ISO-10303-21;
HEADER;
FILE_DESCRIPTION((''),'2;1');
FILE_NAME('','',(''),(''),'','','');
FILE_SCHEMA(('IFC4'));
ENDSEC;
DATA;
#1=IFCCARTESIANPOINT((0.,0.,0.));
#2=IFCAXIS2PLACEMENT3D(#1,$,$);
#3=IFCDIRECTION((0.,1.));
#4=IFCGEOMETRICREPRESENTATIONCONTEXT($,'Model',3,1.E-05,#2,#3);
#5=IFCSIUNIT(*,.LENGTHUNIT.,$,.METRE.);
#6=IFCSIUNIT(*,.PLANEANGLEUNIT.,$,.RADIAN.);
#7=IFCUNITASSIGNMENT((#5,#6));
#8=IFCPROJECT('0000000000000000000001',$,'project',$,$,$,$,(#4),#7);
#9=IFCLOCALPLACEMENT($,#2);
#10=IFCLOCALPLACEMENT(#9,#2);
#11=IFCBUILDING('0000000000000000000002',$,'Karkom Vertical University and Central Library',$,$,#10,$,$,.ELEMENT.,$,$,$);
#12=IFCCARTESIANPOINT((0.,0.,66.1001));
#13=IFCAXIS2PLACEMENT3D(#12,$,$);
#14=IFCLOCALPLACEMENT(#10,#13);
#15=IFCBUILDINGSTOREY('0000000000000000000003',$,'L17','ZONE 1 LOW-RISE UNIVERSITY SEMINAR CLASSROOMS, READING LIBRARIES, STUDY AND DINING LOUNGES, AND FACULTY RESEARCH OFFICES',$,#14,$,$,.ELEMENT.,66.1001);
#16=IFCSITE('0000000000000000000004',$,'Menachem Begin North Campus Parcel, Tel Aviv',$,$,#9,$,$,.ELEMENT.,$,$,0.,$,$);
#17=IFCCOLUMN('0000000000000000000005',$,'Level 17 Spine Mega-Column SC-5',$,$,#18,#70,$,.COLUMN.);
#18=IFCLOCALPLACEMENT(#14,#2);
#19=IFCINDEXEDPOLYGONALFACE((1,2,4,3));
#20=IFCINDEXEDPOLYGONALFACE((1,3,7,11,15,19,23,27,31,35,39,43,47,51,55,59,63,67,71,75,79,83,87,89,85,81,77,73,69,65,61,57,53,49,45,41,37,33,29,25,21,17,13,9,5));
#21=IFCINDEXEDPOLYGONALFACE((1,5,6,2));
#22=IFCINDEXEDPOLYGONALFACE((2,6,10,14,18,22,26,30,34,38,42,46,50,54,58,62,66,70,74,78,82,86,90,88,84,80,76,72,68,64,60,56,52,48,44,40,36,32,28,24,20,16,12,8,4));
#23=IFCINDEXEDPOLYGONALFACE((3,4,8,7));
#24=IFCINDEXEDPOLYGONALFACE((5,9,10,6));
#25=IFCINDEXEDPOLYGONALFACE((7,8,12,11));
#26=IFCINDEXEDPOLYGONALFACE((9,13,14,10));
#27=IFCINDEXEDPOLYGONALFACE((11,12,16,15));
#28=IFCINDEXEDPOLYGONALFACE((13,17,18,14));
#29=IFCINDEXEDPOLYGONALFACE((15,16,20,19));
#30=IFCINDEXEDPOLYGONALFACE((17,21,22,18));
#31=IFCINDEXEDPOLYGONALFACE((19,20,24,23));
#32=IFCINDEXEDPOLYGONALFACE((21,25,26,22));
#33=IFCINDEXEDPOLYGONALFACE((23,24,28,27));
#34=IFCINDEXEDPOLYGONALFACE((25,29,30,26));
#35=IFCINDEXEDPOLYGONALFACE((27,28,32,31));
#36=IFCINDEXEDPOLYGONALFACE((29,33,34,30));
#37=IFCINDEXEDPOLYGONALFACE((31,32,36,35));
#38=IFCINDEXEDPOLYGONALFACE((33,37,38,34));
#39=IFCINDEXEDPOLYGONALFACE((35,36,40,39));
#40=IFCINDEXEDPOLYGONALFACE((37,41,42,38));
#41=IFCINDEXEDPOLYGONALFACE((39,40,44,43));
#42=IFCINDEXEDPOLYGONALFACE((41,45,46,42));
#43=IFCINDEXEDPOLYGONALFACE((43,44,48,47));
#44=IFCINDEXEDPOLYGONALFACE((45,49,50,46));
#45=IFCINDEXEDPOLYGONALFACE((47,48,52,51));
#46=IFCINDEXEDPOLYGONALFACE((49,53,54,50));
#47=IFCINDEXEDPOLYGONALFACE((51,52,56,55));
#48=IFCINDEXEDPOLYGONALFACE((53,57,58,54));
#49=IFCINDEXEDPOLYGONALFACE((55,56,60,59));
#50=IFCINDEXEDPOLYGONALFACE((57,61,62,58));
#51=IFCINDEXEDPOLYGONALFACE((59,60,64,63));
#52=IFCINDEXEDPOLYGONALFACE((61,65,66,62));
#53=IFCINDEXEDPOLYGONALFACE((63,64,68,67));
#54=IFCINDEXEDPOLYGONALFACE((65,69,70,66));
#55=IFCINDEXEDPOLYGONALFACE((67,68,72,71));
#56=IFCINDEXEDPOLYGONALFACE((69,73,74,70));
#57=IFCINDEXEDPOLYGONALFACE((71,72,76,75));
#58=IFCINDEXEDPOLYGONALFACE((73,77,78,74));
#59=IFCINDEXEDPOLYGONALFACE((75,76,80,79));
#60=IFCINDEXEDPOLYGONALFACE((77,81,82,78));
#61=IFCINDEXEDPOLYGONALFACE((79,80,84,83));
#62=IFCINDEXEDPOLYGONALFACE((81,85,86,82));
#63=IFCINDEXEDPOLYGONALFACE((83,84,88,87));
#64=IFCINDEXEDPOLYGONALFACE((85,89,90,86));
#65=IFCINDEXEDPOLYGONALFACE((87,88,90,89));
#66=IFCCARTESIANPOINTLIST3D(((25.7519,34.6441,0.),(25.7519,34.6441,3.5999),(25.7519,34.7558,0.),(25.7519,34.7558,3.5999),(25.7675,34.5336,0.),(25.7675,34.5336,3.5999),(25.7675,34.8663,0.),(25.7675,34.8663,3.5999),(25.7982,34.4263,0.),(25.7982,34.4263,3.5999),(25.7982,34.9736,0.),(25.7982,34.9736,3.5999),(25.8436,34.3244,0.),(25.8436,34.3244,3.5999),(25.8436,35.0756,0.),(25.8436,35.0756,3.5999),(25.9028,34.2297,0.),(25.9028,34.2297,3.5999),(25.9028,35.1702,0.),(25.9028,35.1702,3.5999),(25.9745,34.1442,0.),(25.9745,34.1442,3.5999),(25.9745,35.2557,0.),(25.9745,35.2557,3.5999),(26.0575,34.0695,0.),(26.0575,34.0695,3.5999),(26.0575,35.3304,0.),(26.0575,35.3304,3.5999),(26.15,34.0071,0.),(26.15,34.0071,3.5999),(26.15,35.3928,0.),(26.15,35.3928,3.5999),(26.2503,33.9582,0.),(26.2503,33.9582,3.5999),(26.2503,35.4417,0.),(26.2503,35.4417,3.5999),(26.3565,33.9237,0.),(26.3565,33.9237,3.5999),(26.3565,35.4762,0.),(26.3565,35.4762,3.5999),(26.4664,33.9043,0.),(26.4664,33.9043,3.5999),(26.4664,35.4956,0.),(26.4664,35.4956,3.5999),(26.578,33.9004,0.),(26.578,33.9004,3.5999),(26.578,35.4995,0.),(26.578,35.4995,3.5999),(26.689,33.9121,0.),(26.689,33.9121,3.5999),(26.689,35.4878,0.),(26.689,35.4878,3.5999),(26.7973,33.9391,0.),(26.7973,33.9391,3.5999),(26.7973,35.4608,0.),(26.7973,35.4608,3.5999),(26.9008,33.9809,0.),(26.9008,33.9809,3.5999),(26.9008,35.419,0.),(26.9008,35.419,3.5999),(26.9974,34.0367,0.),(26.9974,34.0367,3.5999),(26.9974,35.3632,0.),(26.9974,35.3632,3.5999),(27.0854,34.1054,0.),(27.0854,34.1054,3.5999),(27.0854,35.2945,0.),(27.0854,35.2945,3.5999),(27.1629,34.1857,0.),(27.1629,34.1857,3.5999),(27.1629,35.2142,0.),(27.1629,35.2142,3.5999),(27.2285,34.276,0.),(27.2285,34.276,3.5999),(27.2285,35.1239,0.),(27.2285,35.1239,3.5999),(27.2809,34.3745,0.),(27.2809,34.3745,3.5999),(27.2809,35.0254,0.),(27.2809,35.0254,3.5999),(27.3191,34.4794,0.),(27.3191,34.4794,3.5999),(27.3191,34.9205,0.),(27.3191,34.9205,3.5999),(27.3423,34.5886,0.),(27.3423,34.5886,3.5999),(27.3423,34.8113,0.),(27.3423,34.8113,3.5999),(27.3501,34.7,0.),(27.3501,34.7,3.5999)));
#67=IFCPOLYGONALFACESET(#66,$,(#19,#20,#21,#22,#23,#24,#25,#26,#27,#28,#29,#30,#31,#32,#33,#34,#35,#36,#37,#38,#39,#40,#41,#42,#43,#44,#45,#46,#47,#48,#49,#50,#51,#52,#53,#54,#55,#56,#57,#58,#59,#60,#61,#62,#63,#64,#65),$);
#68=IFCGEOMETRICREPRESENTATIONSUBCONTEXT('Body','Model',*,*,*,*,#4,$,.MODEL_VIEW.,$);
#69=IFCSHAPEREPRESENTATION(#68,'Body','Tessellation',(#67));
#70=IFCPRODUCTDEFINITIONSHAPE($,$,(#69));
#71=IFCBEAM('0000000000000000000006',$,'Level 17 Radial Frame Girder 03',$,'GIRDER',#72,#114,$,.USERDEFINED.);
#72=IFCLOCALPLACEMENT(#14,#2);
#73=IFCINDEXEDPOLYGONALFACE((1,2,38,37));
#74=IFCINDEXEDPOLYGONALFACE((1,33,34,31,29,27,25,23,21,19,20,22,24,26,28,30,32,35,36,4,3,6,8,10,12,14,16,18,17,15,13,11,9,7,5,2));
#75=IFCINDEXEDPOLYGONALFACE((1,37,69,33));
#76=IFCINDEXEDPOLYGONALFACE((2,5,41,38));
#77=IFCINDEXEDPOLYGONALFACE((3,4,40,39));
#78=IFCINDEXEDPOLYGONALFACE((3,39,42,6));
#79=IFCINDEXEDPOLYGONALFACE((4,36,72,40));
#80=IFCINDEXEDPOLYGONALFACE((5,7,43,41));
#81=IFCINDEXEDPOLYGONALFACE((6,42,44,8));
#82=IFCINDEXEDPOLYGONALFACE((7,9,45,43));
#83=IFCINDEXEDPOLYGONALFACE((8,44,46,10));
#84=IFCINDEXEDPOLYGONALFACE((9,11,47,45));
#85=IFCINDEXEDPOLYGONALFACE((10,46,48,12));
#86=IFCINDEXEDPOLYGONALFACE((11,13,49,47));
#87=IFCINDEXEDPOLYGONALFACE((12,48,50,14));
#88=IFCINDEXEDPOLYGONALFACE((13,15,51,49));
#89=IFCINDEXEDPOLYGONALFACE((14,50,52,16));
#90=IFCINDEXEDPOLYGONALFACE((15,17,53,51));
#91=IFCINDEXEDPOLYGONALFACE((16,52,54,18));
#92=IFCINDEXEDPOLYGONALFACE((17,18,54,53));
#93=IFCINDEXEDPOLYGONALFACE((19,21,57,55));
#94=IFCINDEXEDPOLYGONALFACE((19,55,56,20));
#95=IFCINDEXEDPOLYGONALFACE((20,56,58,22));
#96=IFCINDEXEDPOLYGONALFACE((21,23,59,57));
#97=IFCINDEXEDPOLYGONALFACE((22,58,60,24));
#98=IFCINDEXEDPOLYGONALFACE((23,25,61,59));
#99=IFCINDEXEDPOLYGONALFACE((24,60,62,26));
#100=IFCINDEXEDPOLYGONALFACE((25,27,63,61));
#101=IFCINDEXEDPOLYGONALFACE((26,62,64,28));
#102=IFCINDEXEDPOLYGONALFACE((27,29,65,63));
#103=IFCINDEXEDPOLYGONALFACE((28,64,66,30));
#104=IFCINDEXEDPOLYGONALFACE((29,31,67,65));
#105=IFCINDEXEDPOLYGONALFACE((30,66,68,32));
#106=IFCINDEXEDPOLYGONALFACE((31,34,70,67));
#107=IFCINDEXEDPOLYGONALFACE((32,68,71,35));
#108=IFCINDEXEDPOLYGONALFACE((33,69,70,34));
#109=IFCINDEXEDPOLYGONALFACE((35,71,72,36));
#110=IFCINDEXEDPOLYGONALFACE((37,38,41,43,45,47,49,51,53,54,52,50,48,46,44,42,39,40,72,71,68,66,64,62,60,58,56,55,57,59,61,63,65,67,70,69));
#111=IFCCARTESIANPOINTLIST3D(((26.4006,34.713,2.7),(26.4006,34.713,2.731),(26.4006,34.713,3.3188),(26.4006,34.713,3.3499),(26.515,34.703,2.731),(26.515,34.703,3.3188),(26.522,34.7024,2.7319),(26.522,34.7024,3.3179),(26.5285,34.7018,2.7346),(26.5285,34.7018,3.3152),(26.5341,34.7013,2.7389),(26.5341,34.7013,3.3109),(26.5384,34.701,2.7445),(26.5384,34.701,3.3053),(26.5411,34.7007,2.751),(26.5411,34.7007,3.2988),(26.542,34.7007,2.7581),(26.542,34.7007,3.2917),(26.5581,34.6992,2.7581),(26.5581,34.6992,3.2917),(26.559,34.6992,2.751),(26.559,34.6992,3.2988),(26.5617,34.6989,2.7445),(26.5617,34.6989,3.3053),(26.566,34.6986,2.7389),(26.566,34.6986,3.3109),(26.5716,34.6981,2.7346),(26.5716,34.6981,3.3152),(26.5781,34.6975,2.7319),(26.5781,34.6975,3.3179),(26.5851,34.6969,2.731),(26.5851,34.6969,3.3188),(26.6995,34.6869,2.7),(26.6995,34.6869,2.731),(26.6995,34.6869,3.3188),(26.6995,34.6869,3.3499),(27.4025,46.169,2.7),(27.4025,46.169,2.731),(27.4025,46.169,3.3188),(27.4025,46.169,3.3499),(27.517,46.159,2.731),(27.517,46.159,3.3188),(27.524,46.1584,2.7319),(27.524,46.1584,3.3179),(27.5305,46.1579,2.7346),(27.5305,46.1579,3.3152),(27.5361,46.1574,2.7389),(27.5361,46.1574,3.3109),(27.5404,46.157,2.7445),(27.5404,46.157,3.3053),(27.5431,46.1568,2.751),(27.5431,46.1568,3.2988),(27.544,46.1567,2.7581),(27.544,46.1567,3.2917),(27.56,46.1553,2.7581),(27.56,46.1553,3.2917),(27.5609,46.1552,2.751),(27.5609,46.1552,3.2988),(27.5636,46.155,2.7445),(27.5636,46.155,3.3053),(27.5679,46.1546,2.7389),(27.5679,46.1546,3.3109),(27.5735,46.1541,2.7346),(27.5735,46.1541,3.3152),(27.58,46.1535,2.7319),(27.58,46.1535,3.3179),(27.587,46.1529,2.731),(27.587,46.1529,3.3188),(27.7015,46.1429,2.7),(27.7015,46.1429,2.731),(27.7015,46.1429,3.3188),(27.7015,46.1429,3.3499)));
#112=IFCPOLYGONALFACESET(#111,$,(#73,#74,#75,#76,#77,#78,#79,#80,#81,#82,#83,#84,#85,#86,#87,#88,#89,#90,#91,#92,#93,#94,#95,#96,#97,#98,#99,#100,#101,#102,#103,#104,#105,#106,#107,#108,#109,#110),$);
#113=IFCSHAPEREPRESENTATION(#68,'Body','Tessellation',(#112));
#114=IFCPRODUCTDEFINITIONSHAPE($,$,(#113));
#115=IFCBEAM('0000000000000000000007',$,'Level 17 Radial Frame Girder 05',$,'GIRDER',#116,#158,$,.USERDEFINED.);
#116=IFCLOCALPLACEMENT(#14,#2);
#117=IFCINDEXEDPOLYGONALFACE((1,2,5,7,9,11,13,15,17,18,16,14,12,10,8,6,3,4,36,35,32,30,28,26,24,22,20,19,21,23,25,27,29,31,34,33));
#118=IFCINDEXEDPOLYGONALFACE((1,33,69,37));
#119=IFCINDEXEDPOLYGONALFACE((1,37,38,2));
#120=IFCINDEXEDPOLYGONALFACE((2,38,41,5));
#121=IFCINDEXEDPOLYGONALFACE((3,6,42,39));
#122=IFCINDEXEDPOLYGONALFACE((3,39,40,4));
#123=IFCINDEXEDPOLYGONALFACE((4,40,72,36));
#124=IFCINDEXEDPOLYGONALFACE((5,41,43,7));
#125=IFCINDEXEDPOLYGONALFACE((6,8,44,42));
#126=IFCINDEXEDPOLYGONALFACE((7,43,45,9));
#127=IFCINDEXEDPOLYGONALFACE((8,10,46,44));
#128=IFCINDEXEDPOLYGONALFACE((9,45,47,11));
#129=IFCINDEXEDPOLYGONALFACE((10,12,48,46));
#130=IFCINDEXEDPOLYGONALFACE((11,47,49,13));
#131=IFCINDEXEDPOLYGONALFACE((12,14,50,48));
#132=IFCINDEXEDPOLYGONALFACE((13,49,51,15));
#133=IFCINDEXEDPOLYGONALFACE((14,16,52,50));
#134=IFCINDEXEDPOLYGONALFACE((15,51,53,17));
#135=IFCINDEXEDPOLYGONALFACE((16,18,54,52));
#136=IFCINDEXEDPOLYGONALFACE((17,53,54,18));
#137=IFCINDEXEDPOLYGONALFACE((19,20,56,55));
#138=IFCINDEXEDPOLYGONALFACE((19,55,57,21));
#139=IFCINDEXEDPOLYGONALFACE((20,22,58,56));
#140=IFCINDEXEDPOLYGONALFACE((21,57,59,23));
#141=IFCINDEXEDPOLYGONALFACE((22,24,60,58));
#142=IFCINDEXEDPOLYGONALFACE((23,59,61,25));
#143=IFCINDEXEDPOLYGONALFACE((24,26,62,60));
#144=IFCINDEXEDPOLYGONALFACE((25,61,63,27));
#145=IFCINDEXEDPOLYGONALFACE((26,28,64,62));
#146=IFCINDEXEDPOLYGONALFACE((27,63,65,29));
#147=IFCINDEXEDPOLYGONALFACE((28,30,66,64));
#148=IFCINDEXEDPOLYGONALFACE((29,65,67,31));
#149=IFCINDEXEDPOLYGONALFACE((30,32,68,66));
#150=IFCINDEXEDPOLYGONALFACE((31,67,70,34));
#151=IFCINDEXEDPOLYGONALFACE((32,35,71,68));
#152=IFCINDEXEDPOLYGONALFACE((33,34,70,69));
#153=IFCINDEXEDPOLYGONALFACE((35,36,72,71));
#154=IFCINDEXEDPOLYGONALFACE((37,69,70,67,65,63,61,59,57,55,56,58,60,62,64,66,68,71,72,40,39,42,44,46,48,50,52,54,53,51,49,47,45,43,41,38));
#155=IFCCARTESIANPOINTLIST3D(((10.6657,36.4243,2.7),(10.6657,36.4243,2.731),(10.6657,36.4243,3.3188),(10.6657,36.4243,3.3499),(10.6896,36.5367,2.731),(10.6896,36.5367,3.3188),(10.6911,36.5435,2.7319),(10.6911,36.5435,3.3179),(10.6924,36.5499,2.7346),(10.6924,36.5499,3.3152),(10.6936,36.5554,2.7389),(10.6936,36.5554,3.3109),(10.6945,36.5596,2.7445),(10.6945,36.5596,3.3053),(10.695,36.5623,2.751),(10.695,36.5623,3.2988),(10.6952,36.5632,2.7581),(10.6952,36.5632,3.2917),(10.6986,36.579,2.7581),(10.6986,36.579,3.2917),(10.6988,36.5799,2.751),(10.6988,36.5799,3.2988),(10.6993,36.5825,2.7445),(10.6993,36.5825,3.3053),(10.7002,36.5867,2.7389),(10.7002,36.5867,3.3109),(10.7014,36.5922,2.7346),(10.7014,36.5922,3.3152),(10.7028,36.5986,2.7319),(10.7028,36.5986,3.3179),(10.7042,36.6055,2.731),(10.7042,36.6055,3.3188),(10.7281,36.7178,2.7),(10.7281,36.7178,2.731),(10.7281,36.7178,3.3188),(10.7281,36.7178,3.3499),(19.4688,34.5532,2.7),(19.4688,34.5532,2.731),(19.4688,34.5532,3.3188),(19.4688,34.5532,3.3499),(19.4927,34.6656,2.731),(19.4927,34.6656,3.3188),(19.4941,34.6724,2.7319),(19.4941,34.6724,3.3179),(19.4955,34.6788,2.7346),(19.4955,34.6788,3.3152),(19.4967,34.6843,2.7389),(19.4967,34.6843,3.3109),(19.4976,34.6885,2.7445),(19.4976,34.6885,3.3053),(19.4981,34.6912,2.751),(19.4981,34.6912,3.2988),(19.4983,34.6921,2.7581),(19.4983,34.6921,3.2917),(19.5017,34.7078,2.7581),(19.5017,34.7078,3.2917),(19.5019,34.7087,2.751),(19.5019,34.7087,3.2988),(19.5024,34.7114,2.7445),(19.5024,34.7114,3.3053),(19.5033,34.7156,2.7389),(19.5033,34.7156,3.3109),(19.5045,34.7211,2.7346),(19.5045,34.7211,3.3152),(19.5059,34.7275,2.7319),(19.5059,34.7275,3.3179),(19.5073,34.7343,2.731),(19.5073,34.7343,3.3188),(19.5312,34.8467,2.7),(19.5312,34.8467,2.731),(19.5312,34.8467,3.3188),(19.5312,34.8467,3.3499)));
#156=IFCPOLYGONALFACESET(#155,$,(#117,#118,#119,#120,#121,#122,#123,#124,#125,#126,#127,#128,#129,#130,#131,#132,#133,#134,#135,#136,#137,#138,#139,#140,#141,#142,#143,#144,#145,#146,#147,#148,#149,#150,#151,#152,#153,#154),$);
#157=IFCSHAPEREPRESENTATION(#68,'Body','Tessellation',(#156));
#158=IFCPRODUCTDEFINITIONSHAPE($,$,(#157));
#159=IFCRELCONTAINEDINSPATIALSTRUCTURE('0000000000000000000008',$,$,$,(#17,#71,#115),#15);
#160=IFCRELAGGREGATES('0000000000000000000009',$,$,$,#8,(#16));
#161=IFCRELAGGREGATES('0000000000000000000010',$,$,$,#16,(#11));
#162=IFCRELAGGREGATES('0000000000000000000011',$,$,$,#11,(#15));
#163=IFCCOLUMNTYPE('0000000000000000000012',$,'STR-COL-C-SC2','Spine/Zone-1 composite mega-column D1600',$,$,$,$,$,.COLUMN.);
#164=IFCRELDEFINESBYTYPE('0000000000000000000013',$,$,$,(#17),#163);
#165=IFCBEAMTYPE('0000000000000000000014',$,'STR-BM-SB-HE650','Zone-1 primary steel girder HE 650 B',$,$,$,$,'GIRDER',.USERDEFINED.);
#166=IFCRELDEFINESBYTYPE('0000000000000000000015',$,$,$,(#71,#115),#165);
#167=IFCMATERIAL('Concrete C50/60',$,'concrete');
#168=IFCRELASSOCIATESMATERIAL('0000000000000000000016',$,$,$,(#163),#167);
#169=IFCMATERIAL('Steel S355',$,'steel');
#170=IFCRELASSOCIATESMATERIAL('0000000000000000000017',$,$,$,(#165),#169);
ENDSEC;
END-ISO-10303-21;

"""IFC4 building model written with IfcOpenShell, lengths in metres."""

from ifc_helpers import new_model, si_unit, direction, frame, origin, origin_with_axes, origin_2d, place, context, subcontext, project, spatial, circle, i_section, extrude, source, transform, mapped, material, material_profile, profile_set, type_object, element, save


model = new_model("IFC4")

# Units and contexts
model_context = context("Model", 3, precision=1e-05, world=origin(), true_north=direction((0.0, 1.0)))
body_context = subcontext(model_context, "Body", "Model", "MODEL_VIEW")
ifc_project = project(units=[si_unit("LENGTHUNIT", "METRE"), si_unit("PLANEANGLEUNIT", "RADIAN")], contexts=[model_context])

# Site, building, storey
site_placement = place(None, origin())
site = spatial("IfcSite", under=ifc_project, at=site_placement, Name="Menachem Begin North Campus Parcel, Tel Aviv", CompositionType="ELEMENT", RefElevation=0.0)
building_placement = place(site_placement, origin())
building = spatial("IfcBuilding", under=site, at=building_placement, Name="Karkom Vertical University and Central Library", CompositionType="ELEMENT")
storey_placement = place(building_placement, frame((0.0, 0.0, 66.1001)))
storey = spatial("IfcBuildingStorey", under=building, at=storey_placement, Name="L17", Description="ZONE 1 LOW-RISE UNIVERSITY SEMINAR CLASSROOMS, READING LIBRARIES, STUDY AND DINING LOUNGES, AND FACULTY RESEARCH OFFICES", CompositionType="ELEMENT", Elevation=66.1001)

# Column
ifc_material_1 = material(Name="Concrete C50/60", Category="concrete")
ifc_material_profile_1 = material_profile(ifc_material_1, circle(Radius=0.8, at=origin_2d()), Name="CFT-D1600")
ifc_profile_set_1 = profile_set([ifc_material_profile_1], Name="Concrete C50/60")
column_type = type_object("IfcColumnType", Name="STR-COL-C-SC2", Description="Spine/Zone-1 composite mega-column D1600", PredefinedType="COLUMN", material=ifc_profile_set_1)
shared_shape_1 = source(origin_with_axes(), body_context, "Body", "SweptSolid", [
    extrude(circle(Radius=0.8, at=origin_2d()), origin(), (0.0, 0.0, 1.0), 3.5999),
])
column_placement = place(storey_placement, frame((26.55, 34.7, 0.0), z_axis=(0.0, 0.0, 1.0), x_axis=(1.0, 0.0, 0.0)))
element("IfcColumn", 1, at=column_placement, inside=storey, type_object=column_type, Name="Level 17 Spine Mega-Column SC-5", PredefinedType="COLUMN", context=body_context, shape_type="MappedRepresentation", body=[
    mapped(shared_shape_1, transform((0.0, 0.0, 0.0), scale=1.0)),
])

# Beams
ifc_material_2 = material(Name="Steel S355", Category="steel")
ifc_material_profile_2 = material_profile(ifc_material_2, i_section(OverallWidth=0.3, OverallDepth=0.6499, WebThickness=0.0161, FlangeThickness=0.031, FilletRadius=0.0271, at=origin_2d()), Name="HE 650 B")
ifc_profile_set_2 = profile_set([ifc_material_profile_2], Name="Steel S355")
beam_type_1 = type_object("IfcBeamType", Name="STR-BM-SB-HE650", Description="Zone-1 primary steel girder HE 650 B", ElementType="GIRDER", PredefinedType="USERDEFINED", material=ifc_profile_set_2)
shared_shape_2 = source(origin_with_axes(), body_context, "Body", "SweptSolid", [
    extrude(i_section(OverallWidth=0.3, OverallDepth=0.6499, WebThickness=0.0161, FlangeThickness=0.031, FilletRadius=0.0271, at=origin_2d()), origin(), (0.0, 0.0, 1.0), 11.4998),
])
beam_1_placement = place(storey_placement, frame((26.55, 34.7, 3.0249), z_axis=(0.087128, 0.996197, 0.0), x_axis=(-0.996197, 0.087128, 0.0)))
element("IfcBeam", 2, at=beam_1_placement, inside=storey, type_object=beam_type_1, Name="Level 17 Radial Frame Girder 03", ObjectType="GIRDER", PredefinedType="USERDEFINED", context=body_context, shape_type="MappedRepresentation", body=[
    mapped(shared_shape_2, transform((0.0, 0.0, 0.0), scale=1.0)),
])
shared_shape_3 = source(origin_with_axes(), body_context, "Body", "SweptSolid", [
    extrude(i_section(OverallWidth=0.3, OverallDepth=0.6499, WebThickness=0.0161, FlangeThickness=0.031, FilletRadius=0.0271, at=origin_2d()), origin(), (0.0, 0.0, 1.0), 8.9998),
])
beam_2_placement = place(storey_placement, frame((19.5, 34.7, 3.0249), z_axis=(-0.978148, 0.207908, 0.0), x_axis=(-0.207908, -0.978148, 0.0)))
element("IfcBeam", 3, at=beam_2_placement, inside=storey, type_object=beam_type_1, Name="Level 17 Radial Frame Girder 05", ObjectType="GIRDER", PredefinedType="USERDEFINED", context=body_context, shape_type="MappedRepresentation", body=[
    mapped(shared_shape_3, transform((0.0, 0.0, 0.0), scale=1.0)),
])

save(model, "model.ifc")
